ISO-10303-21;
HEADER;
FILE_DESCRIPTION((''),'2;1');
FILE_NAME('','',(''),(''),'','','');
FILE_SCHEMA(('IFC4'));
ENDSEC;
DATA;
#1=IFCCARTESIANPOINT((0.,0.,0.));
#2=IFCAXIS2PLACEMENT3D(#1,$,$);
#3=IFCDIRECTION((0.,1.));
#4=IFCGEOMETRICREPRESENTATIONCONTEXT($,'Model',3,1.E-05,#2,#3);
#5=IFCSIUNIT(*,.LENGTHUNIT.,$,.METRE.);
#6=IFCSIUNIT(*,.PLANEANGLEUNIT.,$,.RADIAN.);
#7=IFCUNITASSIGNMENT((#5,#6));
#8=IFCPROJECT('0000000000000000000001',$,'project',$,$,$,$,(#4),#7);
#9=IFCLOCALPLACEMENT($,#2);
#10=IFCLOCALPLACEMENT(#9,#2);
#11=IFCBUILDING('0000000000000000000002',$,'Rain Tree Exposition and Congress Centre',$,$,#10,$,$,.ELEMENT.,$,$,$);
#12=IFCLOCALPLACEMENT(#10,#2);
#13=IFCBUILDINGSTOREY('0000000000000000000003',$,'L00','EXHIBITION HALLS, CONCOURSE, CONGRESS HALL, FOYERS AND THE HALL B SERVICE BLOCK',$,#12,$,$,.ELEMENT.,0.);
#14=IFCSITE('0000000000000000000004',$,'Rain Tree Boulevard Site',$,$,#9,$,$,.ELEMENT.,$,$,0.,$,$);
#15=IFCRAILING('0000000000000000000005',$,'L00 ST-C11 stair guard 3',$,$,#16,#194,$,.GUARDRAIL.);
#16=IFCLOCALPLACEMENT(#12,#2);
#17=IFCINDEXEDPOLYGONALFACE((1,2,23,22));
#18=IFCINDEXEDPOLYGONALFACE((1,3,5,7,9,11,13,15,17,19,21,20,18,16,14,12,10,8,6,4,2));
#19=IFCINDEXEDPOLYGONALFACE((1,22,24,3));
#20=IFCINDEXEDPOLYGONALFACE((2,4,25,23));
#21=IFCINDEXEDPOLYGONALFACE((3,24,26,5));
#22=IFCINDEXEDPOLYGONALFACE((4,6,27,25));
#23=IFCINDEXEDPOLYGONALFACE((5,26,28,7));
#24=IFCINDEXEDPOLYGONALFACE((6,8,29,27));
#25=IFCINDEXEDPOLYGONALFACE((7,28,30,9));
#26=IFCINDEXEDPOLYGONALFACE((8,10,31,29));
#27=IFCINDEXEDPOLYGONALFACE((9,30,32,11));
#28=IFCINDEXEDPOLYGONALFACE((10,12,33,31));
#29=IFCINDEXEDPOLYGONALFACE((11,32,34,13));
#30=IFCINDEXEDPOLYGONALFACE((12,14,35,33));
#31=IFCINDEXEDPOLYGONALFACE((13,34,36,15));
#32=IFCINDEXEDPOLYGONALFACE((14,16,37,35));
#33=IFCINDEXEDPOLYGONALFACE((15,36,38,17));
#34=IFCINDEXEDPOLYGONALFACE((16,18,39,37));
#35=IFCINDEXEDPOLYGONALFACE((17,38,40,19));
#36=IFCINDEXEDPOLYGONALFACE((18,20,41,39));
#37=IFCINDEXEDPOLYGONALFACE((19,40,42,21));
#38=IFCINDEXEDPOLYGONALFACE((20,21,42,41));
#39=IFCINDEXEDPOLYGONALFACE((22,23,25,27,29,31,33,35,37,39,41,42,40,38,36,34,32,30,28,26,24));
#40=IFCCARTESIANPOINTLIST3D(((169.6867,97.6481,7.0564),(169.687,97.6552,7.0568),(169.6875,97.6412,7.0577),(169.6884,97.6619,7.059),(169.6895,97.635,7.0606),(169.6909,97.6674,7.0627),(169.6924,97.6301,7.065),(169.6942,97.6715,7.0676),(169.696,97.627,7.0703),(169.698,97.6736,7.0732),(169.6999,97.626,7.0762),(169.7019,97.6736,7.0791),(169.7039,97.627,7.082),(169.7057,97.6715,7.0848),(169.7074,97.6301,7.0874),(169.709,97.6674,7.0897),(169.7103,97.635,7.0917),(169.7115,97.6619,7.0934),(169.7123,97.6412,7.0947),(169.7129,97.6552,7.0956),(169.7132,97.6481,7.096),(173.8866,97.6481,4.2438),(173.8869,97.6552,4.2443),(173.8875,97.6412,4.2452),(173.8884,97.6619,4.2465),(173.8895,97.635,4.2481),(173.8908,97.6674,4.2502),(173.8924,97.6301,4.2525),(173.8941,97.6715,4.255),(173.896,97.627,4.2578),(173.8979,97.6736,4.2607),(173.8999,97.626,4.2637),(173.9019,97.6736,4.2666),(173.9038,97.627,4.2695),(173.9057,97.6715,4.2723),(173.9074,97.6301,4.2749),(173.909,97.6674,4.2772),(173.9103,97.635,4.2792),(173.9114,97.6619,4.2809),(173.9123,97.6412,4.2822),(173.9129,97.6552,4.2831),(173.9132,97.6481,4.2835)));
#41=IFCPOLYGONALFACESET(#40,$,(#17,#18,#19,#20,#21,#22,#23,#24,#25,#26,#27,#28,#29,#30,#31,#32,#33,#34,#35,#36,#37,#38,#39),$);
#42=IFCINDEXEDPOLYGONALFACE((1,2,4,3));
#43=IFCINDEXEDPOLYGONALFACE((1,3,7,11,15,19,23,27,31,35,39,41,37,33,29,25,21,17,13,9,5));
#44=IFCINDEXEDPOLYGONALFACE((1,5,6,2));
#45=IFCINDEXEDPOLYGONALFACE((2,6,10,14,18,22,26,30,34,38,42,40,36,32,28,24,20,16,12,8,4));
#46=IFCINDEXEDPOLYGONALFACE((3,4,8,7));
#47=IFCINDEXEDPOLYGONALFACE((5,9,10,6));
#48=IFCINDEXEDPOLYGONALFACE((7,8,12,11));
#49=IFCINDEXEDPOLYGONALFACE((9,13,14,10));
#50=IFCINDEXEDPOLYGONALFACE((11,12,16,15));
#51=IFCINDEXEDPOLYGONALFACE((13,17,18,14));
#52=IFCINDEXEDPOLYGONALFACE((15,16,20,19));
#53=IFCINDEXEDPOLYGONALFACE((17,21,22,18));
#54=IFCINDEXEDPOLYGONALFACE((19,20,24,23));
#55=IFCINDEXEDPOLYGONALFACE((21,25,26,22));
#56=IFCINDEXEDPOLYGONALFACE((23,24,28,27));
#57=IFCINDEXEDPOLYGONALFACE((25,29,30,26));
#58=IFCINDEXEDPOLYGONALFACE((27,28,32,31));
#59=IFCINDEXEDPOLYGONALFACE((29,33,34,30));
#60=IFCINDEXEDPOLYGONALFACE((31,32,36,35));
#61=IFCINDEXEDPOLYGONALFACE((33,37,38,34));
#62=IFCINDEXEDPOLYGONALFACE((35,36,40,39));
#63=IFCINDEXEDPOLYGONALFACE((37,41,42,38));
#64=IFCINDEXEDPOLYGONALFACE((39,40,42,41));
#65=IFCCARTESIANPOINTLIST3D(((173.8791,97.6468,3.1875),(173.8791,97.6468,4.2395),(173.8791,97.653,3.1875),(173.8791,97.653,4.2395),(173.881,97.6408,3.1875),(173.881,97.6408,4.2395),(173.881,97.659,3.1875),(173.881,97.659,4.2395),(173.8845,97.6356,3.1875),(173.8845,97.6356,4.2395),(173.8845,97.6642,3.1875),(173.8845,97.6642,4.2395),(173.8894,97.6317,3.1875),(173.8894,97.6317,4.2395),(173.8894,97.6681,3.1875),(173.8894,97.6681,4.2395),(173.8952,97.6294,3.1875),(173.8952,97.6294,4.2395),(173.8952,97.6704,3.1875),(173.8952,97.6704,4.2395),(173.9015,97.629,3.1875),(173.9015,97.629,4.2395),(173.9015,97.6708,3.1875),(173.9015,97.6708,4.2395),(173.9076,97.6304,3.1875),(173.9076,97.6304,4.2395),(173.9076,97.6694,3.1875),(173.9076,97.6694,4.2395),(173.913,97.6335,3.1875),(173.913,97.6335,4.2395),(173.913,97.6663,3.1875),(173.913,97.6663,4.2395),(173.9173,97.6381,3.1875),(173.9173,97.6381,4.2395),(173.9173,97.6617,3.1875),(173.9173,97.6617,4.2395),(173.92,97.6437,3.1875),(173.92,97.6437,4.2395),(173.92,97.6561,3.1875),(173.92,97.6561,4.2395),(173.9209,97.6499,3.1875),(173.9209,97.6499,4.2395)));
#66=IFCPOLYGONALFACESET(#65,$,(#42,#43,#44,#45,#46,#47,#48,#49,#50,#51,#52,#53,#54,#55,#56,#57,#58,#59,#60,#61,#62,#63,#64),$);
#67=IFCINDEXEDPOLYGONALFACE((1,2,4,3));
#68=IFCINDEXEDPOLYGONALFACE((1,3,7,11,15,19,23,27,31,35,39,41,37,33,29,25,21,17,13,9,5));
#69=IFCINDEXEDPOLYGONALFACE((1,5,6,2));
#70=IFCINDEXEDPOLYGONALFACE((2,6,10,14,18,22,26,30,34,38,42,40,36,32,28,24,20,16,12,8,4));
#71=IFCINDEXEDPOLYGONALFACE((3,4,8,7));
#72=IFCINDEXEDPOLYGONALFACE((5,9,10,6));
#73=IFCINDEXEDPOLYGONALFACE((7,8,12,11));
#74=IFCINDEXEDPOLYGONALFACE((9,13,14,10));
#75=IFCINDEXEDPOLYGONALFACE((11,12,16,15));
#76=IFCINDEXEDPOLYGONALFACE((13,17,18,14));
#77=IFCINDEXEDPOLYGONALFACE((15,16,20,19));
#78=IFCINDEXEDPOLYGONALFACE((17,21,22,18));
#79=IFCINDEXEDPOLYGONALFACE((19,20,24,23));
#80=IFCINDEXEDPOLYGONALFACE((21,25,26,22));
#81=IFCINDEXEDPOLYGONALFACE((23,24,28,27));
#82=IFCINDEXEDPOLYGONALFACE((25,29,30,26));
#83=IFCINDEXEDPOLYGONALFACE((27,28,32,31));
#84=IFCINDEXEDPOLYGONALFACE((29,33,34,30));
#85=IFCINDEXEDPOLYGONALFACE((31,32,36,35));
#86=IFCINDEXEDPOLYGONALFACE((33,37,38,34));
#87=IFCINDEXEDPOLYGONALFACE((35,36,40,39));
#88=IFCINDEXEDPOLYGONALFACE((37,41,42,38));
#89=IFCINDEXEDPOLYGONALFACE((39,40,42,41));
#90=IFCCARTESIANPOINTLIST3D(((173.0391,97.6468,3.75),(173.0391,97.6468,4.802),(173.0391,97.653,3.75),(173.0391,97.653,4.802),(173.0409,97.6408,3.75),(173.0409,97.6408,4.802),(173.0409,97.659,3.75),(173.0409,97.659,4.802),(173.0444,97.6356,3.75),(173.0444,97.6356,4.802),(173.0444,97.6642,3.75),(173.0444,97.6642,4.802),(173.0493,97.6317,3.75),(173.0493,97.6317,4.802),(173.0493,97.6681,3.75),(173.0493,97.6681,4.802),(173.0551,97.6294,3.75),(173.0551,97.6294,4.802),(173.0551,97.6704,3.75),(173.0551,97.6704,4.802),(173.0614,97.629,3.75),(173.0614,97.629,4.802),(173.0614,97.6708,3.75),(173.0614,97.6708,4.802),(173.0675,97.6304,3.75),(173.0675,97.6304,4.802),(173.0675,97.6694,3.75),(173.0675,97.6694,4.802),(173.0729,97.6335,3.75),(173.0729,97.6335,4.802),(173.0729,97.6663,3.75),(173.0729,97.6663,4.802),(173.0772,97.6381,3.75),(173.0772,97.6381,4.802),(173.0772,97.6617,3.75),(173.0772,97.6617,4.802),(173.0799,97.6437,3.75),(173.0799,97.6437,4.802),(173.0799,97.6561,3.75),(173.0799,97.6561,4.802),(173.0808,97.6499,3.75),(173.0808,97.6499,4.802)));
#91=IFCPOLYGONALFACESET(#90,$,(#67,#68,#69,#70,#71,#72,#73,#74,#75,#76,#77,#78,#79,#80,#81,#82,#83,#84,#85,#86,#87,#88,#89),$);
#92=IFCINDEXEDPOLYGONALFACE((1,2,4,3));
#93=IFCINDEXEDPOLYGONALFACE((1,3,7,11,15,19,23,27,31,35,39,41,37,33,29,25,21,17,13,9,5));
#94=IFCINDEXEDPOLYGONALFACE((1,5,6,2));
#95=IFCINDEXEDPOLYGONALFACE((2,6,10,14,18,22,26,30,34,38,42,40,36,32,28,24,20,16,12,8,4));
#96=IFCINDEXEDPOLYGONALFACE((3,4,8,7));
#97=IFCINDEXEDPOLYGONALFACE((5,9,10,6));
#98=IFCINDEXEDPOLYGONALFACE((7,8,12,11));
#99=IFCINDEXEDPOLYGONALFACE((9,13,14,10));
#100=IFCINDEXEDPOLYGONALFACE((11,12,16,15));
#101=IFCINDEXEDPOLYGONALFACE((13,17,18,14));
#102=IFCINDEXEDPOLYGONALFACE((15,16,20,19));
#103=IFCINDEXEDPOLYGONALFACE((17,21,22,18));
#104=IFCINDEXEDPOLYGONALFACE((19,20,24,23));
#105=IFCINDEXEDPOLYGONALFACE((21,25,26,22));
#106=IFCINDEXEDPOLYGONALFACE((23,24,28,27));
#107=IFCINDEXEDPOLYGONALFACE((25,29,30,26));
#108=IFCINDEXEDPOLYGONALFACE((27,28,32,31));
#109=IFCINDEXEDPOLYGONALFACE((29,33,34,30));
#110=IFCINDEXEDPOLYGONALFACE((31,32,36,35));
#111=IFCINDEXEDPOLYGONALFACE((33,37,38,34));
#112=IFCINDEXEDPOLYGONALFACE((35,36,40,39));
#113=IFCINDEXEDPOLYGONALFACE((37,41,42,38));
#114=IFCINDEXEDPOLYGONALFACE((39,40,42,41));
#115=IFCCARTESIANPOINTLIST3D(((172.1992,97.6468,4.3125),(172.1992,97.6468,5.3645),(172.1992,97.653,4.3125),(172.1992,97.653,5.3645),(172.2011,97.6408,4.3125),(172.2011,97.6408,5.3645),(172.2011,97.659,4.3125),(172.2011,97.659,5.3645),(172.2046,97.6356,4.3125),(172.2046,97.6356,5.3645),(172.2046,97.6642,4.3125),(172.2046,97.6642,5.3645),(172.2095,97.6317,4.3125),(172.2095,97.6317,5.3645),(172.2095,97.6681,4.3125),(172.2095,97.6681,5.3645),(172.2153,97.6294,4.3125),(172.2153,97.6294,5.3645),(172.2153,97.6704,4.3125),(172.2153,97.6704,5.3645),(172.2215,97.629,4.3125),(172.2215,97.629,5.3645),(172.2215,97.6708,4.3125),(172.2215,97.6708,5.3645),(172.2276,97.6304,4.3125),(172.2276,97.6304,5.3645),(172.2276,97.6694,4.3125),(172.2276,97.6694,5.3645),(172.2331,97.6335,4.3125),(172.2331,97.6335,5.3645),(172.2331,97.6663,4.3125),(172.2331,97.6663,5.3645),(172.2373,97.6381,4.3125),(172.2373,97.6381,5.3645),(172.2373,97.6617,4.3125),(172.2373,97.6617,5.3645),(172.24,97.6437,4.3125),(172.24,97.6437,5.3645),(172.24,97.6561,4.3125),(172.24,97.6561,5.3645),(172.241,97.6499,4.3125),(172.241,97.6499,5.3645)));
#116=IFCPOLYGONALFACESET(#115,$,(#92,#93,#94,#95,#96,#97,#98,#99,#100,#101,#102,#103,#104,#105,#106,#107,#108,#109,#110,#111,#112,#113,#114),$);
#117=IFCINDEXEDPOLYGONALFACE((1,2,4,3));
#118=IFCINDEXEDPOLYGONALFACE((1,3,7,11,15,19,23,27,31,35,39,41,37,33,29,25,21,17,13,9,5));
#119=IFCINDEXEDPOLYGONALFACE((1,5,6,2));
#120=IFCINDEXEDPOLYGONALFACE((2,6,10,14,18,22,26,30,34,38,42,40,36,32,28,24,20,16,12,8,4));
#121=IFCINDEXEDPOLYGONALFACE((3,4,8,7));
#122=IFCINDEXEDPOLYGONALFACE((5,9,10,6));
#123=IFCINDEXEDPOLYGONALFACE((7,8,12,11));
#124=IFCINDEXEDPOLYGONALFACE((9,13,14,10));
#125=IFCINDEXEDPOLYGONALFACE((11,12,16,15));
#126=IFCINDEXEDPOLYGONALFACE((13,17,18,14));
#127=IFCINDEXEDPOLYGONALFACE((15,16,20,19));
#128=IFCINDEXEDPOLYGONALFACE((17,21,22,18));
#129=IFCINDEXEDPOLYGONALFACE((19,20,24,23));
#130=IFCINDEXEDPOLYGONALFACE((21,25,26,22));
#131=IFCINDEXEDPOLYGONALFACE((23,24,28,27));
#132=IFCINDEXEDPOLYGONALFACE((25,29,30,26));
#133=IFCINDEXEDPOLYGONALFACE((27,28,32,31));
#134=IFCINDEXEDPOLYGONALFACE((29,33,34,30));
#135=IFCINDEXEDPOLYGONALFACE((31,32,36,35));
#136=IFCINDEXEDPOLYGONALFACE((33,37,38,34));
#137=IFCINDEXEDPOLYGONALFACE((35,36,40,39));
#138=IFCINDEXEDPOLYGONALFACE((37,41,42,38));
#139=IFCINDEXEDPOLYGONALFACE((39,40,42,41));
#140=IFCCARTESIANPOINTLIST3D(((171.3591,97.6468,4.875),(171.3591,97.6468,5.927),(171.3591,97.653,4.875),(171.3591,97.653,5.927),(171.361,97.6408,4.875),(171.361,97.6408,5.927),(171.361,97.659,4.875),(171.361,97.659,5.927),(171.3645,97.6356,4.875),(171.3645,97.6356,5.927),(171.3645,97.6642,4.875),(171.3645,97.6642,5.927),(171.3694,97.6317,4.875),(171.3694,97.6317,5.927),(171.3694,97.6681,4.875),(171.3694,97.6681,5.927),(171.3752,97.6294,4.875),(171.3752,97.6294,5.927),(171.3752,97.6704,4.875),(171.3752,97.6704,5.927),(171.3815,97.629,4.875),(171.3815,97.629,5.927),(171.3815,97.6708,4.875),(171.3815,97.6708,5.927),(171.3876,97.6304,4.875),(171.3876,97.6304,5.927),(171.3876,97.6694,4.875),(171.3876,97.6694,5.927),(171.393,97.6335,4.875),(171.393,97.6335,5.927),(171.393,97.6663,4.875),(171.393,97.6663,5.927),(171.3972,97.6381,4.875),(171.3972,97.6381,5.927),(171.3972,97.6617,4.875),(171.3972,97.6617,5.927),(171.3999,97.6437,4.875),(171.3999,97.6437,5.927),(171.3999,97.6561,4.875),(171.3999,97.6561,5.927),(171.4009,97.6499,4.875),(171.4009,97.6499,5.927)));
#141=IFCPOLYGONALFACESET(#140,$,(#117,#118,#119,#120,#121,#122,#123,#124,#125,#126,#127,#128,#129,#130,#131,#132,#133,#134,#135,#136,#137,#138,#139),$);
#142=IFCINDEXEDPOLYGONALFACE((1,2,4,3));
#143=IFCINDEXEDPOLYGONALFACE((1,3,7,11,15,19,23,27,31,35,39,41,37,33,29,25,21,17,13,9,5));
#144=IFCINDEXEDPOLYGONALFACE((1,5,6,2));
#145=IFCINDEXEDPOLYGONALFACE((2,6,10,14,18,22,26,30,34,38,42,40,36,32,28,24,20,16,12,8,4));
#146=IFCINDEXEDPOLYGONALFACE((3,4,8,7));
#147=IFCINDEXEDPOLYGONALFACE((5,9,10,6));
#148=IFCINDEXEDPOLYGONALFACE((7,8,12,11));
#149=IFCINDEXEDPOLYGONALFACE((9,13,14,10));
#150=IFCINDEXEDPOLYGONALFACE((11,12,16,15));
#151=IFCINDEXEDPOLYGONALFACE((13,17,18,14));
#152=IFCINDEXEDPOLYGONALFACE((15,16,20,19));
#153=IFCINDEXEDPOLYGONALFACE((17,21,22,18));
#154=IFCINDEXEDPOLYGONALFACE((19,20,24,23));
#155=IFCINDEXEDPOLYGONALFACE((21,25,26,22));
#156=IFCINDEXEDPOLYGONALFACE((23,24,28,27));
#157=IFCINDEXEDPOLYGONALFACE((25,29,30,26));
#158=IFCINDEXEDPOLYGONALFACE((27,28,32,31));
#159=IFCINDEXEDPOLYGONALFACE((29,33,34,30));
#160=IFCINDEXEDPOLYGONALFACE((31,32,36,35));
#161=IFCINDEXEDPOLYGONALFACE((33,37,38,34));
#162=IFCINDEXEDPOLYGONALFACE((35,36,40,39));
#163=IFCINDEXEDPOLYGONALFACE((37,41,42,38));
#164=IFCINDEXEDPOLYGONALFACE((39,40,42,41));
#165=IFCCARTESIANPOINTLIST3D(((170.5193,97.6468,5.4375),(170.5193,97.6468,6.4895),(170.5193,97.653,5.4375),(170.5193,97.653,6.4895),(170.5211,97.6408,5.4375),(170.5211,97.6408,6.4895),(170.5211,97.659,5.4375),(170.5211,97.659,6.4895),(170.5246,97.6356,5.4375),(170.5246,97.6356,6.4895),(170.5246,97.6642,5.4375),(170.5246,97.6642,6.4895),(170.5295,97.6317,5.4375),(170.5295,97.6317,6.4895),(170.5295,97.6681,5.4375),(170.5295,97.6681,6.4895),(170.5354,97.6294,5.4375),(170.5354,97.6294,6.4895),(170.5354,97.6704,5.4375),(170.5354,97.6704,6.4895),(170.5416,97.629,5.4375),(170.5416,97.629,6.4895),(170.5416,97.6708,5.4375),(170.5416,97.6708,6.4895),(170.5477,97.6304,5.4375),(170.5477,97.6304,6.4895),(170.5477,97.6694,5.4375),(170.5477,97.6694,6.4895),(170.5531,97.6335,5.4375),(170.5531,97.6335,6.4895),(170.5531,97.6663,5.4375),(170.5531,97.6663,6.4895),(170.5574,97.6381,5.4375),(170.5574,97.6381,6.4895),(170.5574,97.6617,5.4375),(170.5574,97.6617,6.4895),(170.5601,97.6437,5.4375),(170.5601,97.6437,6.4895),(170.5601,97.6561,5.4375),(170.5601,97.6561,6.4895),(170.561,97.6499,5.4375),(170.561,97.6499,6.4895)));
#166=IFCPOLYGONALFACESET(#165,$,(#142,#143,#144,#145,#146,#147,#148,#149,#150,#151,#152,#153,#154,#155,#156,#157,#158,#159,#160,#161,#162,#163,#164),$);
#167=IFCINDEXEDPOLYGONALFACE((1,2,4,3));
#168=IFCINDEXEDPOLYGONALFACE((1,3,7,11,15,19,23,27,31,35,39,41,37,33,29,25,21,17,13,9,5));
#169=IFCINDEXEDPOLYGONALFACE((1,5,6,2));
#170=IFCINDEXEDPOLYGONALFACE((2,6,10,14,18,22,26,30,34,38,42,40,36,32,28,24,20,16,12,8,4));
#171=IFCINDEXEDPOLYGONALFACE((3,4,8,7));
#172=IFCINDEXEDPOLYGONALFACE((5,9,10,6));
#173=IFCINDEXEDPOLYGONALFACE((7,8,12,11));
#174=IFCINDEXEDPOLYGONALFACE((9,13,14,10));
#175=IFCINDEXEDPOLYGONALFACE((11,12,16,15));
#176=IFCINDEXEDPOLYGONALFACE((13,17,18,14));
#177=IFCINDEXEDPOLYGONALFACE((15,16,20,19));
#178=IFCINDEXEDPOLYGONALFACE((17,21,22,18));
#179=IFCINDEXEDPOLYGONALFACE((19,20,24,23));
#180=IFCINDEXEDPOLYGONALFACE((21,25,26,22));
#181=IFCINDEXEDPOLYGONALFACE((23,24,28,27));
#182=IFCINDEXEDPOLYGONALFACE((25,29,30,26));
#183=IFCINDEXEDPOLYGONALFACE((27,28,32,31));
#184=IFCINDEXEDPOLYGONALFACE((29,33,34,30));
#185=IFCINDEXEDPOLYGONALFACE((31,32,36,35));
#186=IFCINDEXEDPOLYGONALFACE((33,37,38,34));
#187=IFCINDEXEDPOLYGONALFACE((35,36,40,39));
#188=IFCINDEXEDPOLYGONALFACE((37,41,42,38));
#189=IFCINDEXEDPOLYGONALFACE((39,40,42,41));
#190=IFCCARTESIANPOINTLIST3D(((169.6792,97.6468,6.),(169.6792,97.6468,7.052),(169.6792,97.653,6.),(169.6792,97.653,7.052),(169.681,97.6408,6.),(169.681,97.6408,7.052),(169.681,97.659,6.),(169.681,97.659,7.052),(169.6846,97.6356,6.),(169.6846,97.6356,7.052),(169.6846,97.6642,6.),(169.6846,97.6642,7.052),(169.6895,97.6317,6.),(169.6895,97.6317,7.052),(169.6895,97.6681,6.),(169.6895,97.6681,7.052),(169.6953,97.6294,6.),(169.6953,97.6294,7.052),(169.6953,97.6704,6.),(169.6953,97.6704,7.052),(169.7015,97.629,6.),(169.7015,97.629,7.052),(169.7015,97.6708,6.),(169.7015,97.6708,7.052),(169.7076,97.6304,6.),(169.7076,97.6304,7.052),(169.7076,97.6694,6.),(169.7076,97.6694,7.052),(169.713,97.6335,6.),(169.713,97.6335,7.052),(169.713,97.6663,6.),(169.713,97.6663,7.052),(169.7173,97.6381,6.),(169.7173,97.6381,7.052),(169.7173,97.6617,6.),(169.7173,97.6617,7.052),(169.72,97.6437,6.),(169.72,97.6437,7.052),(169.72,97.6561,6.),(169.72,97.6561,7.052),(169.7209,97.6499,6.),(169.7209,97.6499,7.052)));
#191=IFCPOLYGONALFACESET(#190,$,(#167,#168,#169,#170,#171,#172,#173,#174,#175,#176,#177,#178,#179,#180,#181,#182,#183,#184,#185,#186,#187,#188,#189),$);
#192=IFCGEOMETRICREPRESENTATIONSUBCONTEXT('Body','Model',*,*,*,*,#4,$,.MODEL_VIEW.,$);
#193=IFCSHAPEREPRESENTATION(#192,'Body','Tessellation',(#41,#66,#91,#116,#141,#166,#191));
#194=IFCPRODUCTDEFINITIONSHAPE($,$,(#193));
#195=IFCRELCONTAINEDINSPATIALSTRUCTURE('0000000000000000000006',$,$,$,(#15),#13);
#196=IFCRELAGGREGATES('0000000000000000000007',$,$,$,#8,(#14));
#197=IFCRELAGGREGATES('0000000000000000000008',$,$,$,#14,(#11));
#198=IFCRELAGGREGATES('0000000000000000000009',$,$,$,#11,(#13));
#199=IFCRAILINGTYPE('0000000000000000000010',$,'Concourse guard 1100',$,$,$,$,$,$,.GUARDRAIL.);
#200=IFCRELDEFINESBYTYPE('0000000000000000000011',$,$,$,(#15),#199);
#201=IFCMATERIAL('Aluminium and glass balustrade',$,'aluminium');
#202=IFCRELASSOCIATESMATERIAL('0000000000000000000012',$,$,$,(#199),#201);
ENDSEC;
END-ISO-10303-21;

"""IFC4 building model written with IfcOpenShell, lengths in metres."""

from ifc_helpers import new_model, si_unit, direction, frame, origin, origin_2d, place, context, subcontext, project, spatial, circle, extrude, material, type_object, element, save


model = new_model("IFC4")

# Units and contexts
model_context = context("Model", 3, precision=1e-05, world=origin(), true_north=direction((0.0, 1.0)))
body_context = subcontext(model_context, "Body", "Model", "MODEL_VIEW")
ifc_project = project(units=[si_unit("LENGTHUNIT", "METRE"), si_unit("PLANEANGLEUNIT", "RADIAN")], contexts=[model_context])

# Site, building, storey
site_placement = place(None, origin())
site = spatial("IfcSite", under=ifc_project, at=site_placement, Name="Rain Tree Boulevard Site", CompositionType="ELEMENT", RefElevation=0.0)
building_placement = place(site_placement, origin())
building = spatial("IfcBuilding", under=site, at=building_placement, Name="Rain Tree Exposition and Congress Centre", CompositionType="ELEMENT")
storey_placement = place(building_placement, origin())
storey = spatial("IfcBuildingStorey", under=building, at=storey_placement, Name="L00", Description="EXHIBITION HALLS, CONCOURSE, CONGRESS HALL, FOYERS AND THE HALL B SERVICE BLOCK", CompositionType="ELEMENT", Elevation=0.0)

# Railing
ifc_material_1 = material(Name="Aluminium and glass balustrade", Category="aluminium")
railing_type_1 = type_object("IfcRailingType", Name="Concourse guard 1100", PredefinedType="GUARDRAIL", material=ifc_material_1)
railing_1_placement = place(storey_placement, frame((173.8999, 97.6499, 3.1875)))
element("IfcRailing", 1, at=railing_1_placement, inside=storey, type_object=railing_type_1, Name="L00 ST-C11 stair guard 3", PredefinedType="GUARDRAIL", context=body_context, shape_type="SweptSolid", body=[
    extrude(circle(Radius=0.0239, at=origin_2d()), frame((0.0, 0.0, 1.0762), z_axis=(-0.830904, 0.0, 0.556416), x_axis=(0.0, -1.0, 0.0)), (0.0, 0.0, 1.0), 5.0547),
    extrude(circle(Radius=0.021, at=origin_2d()), origin(), (0.0, 0.0, 1.0), 1.052),
    extrude(circle(Radius=0.021, at=origin_2d()), frame((-0.8401, 0.0, 0.5625)), (0.0, 0.0, 1.0), 1.052),
    extrude(circle(Radius=0.021, at=origin_2d()), frame((-1.6799, 0.0, 1.125)), (0.0, 0.0, 1.0), 1.052),
    extrude(circle(Radius=0.021, at=origin_2d()), frame((-2.52, 0.0, 1.6875)), (0.0, 0.0, 1.0), 1.052),
    extrude(circle(Radius=0.021, at=origin_2d()), frame((-3.3599, 0.0, 2.25)), (0.0, 0.0, 1.0), 1.052),
    extrude(circle(Radius=0.021, at=origin_2d()), frame((-4.2, 0.0, 2.8125)), (0.0, 0.0, 1.0), 1.052),
])

save(model, "model.ifc")
